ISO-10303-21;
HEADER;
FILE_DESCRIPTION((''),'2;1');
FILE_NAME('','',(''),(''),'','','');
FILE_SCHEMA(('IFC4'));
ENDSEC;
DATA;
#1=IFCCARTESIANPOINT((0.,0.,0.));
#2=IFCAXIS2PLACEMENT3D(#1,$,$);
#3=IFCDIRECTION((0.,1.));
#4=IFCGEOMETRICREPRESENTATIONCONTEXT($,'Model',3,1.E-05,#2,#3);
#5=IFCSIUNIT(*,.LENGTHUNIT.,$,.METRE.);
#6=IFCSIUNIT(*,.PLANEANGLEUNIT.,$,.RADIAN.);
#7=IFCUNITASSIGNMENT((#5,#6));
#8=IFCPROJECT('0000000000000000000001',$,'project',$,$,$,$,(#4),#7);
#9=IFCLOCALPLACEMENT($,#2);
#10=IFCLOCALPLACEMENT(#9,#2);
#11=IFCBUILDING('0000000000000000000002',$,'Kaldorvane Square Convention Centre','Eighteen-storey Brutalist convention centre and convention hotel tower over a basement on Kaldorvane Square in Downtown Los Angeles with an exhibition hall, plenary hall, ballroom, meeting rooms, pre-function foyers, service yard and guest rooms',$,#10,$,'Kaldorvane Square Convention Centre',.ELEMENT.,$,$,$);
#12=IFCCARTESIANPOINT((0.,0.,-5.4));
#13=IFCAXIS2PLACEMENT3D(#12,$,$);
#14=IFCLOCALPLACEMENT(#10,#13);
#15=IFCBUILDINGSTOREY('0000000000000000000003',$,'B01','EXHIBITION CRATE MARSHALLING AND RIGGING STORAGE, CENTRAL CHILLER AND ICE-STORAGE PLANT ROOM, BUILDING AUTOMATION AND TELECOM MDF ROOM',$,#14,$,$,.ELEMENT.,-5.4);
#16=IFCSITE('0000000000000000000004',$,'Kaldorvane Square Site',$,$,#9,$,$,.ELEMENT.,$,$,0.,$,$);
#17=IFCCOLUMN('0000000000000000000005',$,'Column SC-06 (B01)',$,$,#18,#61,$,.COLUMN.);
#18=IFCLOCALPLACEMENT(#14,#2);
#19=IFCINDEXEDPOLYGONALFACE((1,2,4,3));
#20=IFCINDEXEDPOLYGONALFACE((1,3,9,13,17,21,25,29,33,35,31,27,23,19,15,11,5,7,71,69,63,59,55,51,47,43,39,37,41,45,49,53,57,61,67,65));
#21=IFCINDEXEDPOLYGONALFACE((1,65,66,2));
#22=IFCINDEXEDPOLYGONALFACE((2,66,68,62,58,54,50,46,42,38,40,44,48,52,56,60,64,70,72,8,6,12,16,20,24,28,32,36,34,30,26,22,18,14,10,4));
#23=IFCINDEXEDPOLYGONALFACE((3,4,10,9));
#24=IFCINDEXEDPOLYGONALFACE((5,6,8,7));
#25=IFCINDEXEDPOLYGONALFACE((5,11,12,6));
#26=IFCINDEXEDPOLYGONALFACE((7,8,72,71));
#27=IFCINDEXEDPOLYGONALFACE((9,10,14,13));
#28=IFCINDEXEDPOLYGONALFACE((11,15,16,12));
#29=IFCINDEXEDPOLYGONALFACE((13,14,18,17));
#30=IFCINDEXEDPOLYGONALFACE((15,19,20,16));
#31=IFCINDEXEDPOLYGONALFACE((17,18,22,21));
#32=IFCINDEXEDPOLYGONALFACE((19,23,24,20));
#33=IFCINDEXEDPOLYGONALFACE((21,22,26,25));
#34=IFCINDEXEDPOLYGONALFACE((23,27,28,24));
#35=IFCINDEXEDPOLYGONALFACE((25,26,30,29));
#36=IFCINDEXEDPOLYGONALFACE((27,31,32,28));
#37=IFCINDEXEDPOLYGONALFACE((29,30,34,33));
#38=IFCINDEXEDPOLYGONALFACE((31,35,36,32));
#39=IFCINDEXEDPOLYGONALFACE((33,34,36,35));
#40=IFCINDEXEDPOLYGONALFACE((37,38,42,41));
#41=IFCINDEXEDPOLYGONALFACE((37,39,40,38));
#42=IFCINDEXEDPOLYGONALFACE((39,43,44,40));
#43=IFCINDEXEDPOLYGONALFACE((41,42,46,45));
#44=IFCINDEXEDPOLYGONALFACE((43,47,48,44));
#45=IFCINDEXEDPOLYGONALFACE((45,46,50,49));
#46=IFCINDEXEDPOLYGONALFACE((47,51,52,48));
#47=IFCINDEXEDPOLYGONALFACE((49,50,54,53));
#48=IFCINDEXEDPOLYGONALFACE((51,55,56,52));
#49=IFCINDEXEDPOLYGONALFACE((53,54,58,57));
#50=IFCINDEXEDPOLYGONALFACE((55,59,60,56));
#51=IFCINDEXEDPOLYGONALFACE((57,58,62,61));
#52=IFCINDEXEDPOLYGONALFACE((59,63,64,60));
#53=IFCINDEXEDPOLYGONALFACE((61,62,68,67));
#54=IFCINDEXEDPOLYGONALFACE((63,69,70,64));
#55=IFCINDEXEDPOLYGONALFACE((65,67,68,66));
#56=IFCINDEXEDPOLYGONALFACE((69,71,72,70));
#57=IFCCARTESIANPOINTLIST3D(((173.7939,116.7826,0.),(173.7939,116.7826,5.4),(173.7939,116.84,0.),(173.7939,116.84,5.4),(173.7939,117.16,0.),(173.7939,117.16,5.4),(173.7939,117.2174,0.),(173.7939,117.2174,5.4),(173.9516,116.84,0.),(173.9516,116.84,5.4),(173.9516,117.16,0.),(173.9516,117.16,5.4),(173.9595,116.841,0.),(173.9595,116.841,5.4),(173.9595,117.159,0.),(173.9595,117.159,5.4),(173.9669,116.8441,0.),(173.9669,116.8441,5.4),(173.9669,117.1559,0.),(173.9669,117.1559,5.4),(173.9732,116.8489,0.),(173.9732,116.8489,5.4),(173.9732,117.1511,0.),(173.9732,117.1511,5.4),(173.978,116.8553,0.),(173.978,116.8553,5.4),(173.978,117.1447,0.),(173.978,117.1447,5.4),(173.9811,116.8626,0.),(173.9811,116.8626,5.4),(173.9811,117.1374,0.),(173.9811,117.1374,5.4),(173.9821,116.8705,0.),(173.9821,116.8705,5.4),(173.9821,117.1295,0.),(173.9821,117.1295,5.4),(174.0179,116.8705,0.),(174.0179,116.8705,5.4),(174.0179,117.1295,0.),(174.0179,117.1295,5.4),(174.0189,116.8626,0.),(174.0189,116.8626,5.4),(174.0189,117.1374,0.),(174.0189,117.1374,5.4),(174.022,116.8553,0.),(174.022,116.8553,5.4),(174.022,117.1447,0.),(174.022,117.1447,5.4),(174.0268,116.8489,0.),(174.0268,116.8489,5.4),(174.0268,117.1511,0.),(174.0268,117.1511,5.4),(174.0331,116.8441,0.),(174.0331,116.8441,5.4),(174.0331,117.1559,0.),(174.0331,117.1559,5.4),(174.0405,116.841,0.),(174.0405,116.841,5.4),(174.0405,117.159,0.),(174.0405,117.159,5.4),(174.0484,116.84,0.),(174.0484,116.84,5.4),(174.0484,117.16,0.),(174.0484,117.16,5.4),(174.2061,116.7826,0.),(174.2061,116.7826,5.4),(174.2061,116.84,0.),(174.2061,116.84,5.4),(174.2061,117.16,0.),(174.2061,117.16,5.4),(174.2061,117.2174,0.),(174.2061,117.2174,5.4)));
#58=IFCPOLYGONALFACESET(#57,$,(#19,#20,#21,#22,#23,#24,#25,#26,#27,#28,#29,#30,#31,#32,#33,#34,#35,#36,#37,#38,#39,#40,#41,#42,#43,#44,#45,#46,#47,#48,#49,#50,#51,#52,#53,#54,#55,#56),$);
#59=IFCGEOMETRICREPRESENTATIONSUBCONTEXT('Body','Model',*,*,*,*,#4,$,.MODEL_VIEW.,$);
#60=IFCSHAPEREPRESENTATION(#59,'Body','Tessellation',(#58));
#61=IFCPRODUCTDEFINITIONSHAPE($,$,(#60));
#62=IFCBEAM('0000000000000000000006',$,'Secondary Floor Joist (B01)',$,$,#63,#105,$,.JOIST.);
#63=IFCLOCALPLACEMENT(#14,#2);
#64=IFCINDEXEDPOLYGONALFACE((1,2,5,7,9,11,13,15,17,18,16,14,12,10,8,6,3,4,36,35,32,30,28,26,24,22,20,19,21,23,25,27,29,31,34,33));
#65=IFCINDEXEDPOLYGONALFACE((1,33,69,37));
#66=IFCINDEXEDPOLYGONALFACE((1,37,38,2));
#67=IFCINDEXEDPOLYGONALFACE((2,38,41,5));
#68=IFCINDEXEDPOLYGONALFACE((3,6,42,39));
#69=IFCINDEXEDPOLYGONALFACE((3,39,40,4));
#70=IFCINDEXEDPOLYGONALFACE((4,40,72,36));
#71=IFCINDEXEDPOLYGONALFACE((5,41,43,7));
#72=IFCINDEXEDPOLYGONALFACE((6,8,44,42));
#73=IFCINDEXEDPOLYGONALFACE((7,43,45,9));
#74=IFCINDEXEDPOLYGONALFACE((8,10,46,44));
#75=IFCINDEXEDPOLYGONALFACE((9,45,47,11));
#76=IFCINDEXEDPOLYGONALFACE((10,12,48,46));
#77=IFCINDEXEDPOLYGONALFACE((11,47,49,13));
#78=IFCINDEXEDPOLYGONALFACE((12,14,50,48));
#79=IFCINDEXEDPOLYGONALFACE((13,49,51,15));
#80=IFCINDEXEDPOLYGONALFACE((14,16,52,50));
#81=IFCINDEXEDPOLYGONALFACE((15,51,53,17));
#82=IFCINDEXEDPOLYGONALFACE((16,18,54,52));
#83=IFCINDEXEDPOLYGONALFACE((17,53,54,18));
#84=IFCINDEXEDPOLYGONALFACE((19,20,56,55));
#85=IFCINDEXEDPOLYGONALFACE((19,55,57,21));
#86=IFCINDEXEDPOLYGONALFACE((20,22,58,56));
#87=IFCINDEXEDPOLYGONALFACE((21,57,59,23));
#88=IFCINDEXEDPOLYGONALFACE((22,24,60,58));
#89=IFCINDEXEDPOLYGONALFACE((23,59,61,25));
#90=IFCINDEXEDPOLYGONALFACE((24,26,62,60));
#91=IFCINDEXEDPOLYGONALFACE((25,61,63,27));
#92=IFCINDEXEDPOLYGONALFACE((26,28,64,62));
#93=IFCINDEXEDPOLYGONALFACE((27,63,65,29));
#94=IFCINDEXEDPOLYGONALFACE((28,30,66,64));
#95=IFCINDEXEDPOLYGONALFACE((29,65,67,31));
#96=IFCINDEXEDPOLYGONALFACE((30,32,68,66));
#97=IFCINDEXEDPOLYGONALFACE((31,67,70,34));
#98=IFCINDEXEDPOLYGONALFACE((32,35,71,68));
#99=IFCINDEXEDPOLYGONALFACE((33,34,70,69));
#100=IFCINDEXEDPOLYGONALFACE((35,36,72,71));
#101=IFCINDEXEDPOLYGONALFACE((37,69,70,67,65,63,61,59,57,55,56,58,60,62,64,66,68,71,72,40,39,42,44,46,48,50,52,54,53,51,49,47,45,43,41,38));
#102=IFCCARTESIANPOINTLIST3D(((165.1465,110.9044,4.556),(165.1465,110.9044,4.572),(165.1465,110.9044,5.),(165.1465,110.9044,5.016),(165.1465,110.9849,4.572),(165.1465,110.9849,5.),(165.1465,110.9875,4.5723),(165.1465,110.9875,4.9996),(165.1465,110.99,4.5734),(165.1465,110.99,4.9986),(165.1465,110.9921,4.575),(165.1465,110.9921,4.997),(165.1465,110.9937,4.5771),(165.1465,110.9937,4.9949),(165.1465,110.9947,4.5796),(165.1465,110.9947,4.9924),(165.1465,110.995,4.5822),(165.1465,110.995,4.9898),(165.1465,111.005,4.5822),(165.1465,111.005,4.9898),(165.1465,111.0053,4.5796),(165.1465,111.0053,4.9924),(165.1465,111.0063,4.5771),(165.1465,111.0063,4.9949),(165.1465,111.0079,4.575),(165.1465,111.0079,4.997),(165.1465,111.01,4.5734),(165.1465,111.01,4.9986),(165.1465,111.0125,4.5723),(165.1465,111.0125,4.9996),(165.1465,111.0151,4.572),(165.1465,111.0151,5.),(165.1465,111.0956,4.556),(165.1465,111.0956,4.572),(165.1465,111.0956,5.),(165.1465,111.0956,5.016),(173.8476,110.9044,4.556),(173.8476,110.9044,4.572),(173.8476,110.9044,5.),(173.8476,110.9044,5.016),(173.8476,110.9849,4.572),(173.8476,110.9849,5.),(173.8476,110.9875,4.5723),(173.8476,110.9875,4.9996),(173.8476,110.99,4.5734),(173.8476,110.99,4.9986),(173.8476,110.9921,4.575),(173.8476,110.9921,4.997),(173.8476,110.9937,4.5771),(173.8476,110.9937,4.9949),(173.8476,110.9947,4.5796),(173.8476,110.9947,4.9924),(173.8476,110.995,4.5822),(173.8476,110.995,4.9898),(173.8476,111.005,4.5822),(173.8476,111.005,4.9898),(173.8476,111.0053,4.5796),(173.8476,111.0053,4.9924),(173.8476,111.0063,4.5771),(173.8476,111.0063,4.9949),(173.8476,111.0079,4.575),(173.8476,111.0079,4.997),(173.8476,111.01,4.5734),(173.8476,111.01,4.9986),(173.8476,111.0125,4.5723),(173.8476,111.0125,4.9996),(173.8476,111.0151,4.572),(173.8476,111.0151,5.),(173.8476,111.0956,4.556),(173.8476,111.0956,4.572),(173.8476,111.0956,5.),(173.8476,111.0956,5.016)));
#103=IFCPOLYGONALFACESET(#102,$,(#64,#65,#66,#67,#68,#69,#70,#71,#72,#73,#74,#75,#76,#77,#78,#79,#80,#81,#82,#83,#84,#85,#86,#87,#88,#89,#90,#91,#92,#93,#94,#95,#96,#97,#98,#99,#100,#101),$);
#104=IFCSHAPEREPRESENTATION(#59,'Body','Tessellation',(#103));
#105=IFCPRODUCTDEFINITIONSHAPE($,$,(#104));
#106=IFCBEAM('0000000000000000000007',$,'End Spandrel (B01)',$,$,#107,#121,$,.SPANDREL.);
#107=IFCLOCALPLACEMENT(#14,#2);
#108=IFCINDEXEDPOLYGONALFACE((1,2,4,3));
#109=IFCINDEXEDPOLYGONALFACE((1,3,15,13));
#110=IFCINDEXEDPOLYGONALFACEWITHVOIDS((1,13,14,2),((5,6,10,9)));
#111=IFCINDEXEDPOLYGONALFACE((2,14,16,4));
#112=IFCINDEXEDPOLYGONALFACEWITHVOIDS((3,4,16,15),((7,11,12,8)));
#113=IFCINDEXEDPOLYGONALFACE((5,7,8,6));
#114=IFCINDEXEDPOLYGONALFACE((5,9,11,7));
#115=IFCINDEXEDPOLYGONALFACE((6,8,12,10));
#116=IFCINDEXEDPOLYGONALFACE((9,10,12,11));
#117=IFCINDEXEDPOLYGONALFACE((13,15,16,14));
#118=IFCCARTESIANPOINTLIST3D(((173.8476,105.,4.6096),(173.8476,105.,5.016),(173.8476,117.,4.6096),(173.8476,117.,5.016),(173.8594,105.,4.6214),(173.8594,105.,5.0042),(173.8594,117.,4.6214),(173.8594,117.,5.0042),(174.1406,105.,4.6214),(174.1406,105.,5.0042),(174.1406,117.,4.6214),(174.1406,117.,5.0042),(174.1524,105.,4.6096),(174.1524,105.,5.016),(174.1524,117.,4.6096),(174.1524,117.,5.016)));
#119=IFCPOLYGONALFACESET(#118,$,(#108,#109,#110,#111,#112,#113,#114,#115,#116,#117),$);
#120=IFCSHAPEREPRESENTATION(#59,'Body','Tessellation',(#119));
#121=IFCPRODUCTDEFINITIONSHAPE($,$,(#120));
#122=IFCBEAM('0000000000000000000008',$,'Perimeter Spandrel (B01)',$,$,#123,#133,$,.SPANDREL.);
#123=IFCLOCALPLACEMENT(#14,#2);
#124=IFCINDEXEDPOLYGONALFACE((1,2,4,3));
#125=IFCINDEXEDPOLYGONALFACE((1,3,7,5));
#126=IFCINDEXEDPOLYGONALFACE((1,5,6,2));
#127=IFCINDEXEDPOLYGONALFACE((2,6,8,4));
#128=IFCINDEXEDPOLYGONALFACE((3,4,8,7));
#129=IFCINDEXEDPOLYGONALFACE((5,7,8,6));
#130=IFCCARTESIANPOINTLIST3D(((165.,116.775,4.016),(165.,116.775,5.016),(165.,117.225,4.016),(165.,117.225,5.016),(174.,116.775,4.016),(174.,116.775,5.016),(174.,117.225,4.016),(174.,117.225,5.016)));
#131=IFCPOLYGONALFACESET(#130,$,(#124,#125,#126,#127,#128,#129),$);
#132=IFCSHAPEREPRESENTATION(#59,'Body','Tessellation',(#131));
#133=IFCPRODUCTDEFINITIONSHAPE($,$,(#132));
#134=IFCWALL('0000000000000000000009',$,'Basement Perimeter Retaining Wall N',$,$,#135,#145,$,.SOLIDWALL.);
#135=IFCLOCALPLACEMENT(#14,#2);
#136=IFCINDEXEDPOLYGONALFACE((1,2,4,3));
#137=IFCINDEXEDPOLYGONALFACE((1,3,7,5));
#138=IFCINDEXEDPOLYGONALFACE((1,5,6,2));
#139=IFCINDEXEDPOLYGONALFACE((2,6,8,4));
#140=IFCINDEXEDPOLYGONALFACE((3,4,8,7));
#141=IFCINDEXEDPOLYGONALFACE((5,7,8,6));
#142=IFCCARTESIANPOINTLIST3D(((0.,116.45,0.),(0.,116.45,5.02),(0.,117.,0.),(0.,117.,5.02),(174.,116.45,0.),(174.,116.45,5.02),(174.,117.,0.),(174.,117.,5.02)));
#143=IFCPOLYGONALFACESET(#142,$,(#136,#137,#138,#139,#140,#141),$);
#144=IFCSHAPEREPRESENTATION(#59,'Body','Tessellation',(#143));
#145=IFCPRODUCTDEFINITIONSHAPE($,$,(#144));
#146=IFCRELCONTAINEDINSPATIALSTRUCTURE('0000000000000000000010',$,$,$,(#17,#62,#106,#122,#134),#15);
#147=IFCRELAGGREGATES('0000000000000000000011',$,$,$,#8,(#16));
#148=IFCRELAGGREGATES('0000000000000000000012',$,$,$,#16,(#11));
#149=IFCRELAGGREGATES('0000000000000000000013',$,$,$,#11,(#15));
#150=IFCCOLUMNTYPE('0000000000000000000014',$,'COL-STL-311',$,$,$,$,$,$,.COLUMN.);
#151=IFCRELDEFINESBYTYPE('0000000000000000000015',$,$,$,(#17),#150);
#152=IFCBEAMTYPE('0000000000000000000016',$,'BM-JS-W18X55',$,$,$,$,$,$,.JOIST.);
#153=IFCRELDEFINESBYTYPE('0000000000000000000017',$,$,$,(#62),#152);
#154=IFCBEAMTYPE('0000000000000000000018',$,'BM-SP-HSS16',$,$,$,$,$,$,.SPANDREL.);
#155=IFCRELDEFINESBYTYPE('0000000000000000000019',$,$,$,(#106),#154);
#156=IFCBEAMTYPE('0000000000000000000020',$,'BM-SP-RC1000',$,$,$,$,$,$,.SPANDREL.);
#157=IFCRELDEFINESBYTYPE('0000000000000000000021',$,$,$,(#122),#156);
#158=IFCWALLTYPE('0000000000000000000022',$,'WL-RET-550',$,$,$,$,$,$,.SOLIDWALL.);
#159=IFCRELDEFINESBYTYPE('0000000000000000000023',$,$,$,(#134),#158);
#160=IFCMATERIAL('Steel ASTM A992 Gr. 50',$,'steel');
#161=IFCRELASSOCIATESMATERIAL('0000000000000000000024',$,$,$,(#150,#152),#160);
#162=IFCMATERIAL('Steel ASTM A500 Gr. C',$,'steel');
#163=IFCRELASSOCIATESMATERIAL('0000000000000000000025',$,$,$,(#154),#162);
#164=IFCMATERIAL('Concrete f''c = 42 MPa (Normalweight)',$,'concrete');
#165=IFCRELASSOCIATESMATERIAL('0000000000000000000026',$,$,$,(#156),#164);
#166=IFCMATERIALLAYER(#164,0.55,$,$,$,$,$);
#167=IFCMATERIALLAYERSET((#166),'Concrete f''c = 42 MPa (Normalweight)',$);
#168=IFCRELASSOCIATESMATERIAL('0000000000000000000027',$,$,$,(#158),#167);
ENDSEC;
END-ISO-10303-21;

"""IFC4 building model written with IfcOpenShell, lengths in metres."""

from ifc_helpers import new_model, si_unit, direction, frame, frame_2d, origin, origin_2d, place, context, subcontext, project, spatial, rectangle, hollow_rectangle, i_section, extrude, material, layer, layer_set, material_profile, profile_set, type_object, element, save


model = new_model("IFC4")

# Units and contexts
model_context = context("Model", 3, precision=1e-05, world=origin(), true_north=direction((0.0, 1.0)))
body_context = subcontext(model_context, "Body", "Model", "MODEL_VIEW")
ifc_project = project(units=[si_unit("LENGTHUNIT", "METRE"), si_unit("PLANEANGLEUNIT", "RADIAN")], contexts=[model_context])

# Site, building, storey
site_placement = place(None, origin())
site = spatial("IfcSite", under=ifc_project, at=site_placement, Name="Kaldorvane Square Site", CompositionType="ELEMENT", RefElevation=0.0)
building_placement = place(site_placement, origin())
building = spatial("IfcBuilding", under=site, at=building_placement, Name="Kaldorvane Square Convention Centre", Description="Eighteen-storey Brutalist convention centre and convention hotel tower over a basement on Kaldorvane Square in Downtown Los Angeles with an exhibition hall, plenary hall, ballroom, meeting rooms, pre-function foyers, service yard and guest rooms", LongName="Kaldorvane Square Convention Centre", CompositionType="ELEMENT")
storey_placement = place(building_placement, frame((0.0, 0.0, -5.4)))
storey = spatial("IfcBuildingStorey", under=building, at=storey_placement, Name="B01", Description="EXHIBITION CRATE MARSHALLING AND RIGGING STORAGE, CENTRAL CHILLER AND ICE-STORAGE PLANT ROOM, BUILDING AUTOMATION AND TELECOM MDF ROOM", CompositionType="ELEMENT", Elevation=-5.4)

# Shared definitions
ifc_material_1 = material(Name="Concrete f'c = 42 MPa (Normalweight)", Category="concrete")

# Column
ifc_material_2 = material(Name="Steel ASTM A992 Gr. 50", Category="steel")
ifc_material_profile_1 = material_profile(ifc_material_2, i_section(OverallWidth=0.4122, OverallDepth=0.4348, WebThickness=0.0358, FlangeThickness=0.0574, FilletRadius=0.0305, at=origin_2d()), Name="W14X311")
ifc_profile_set_1 = profile_set([ifc_material_profile_1], Name="Steel ASTM A992 Gr. 50")
column_type = type_object("IfcColumnType", Name="COL-STL-311", PredefinedType="COLUMN", material=ifc_profile_set_1)
for number, where, z_axis, x_axis, name in (
    (1, (174.0, 117.0, 0.0), (0.0, 0.0, 1.0), (1.0, 0.0, 0.0), "Column SC-06 (B01)"),
):
    element("IfcColumn", number, at=place(storey_placement, frame(where, z_axis=z_axis, x_axis=x_axis)), inside=storey, type_object=column_type, Name=name, PredefinedType="COLUMN", context=body_context, shape_type="SweptSolid", body=[
        extrude(i_section(OverallWidth=0.4122, OverallDepth=0.4348, WebThickness=0.0358, FlangeThickness=0.0574, FilletRadius=0.0305, at=origin_2d()), origin(), (0.0, 0.0, 1.0), 5.4),
    ])

# Beams
ifc_material_profile_2 = material_profile(ifc_material_2, i_section(OverallWidth=0.1913, OverallDepth=0.46, WebThickness=0.0099, FlangeThickness=0.016, FilletRadius=0.0102, at=origin_2d()), Name="W18X55")
ifc_profile_set_2 = profile_set([ifc_material_profile_2], Name="Steel ASTM A992 Gr. 50")
beam_type_1 = type_object("IfcBeamType", Name="BM-JS-W18X55", PredefinedType="JOIST", material=ifc_profile_set_2)
beam_1_placement = place(storey_placement, frame((165.1465, 111.0, 4.786), z_axis=(1.0, 0.0, 0.0), x_axis=(0.0, 1.0, 0.0)))
element("IfcBeam", 2, at=beam_1_placement, inside=storey, type_object=beam_type_1, Name="Secondary Floor Joist (B01)", PredefinedType="JOIST", context=body_context, shape_type="SweptSolid", body=[
    extrude(i_section(OverallWidth=0.1913, OverallDepth=0.46, WebThickness=0.0099, FlangeThickness=0.016, FilletRadius=0.0102, at=origin_2d()), origin(), (0.0, 0.0, 1.0), 8.7011),
])
ifc_material_3 = material(Name="Steel ASTM A500 Gr. C", Category="steel")
ifc_material_profile_3 = material_profile(ifc_material_3, hollow_rectangle(XDim=0.3048, YDim=0.4064, WallThickness=0.0118, at=origin_2d()), Name="HSS16X12X1/2")
ifc_profile_set_3 = profile_set([ifc_material_profile_3], Name="Steel ASTM A500 Gr. C")
beam_type_2 = type_object("IfcBeamType", Name="BM-SP-HSS16", PredefinedType="SPANDREL", material=ifc_profile_set_3)
beam_2_placement = place(storey_placement, frame((174.0, 105.0, 4.8128), z_axis=(0.0, 1.0, 0.0), x_axis=(-1.0, 0.0, 0.0)))
element("IfcBeam", 3, at=beam_2_placement, inside=storey, type_object=beam_type_2, Name="End Spandrel (B01)", PredefinedType="SPANDREL", context=body_context, shape_type="SweptSolid", body=[
    extrude(hollow_rectangle(XDim=0.3048, YDim=0.4064, WallThickness=0.0118, at=origin_2d()), origin(), (0.0, 0.0, 1.0), 12.0),
])
ifc_material_profile_4 = material_profile(ifc_material_1, rectangle(XDim=0.45, YDim=1.0, at=origin_2d()), Name="RCSP1000X450")
ifc_profile_set_4 = profile_set([ifc_material_profile_4], Name="Concrete f'c = 42 MPa (Normalweight)")
beam_type_3 = type_object("IfcBeamType", Name="BM-SP-RC1000", PredefinedType="SPANDREL", material=ifc_profile_set_4)
beam_3_placement = place(storey_placement, frame((165.0, 117.0, 4.516), z_axis=(1.0, 0.0, 0.0), x_axis=(0.0, 1.0, 0.0)))
element("IfcBeam", 4, at=beam_3_placement, inside=storey, type_object=beam_type_3, Name="Perimeter Spandrel (B01)", PredefinedType="SPANDREL", context=body_context, shape_type="SweptSolid", body=[
    extrude(rectangle(XDim=0.45, YDim=1.0, at=origin_2d()), origin(), (0.0, 0.0, 1.0), 9.0),
])

# Wall
ifc_layer = layer(ifc_material_1, 0.55)
ifc_layer_set = layer_set([ifc_layer], Name="Concrete f'c = 42 MPa (Normalweight)")
wall_type = type_object("IfcWallType", Name="WL-RET-550", PredefinedType="SOLIDWALL", material=ifc_layer_set)
wall_placement = place(storey_placement, frame((174.0, 116.725, 0.0), z_axis=(0.0, 0.0, 1.0), x_axis=(-1.0, 0.0, 0.0)))
element("IfcWall", 5, at=wall_placement, inside=storey, type_object=wall_type, Name="Basement Perimeter Retaining Wall N", PredefinedType="SOLIDWALL", context=body_context, shape_type="SweptSolid", body=[
    extrude(rectangle(XDim=174.0, YDim=0.55, at=frame_2d((87.0, 0.0))), origin(), (0.0, 0.0, 1.0), 5.02),
])

save(model, "model.ifc")
